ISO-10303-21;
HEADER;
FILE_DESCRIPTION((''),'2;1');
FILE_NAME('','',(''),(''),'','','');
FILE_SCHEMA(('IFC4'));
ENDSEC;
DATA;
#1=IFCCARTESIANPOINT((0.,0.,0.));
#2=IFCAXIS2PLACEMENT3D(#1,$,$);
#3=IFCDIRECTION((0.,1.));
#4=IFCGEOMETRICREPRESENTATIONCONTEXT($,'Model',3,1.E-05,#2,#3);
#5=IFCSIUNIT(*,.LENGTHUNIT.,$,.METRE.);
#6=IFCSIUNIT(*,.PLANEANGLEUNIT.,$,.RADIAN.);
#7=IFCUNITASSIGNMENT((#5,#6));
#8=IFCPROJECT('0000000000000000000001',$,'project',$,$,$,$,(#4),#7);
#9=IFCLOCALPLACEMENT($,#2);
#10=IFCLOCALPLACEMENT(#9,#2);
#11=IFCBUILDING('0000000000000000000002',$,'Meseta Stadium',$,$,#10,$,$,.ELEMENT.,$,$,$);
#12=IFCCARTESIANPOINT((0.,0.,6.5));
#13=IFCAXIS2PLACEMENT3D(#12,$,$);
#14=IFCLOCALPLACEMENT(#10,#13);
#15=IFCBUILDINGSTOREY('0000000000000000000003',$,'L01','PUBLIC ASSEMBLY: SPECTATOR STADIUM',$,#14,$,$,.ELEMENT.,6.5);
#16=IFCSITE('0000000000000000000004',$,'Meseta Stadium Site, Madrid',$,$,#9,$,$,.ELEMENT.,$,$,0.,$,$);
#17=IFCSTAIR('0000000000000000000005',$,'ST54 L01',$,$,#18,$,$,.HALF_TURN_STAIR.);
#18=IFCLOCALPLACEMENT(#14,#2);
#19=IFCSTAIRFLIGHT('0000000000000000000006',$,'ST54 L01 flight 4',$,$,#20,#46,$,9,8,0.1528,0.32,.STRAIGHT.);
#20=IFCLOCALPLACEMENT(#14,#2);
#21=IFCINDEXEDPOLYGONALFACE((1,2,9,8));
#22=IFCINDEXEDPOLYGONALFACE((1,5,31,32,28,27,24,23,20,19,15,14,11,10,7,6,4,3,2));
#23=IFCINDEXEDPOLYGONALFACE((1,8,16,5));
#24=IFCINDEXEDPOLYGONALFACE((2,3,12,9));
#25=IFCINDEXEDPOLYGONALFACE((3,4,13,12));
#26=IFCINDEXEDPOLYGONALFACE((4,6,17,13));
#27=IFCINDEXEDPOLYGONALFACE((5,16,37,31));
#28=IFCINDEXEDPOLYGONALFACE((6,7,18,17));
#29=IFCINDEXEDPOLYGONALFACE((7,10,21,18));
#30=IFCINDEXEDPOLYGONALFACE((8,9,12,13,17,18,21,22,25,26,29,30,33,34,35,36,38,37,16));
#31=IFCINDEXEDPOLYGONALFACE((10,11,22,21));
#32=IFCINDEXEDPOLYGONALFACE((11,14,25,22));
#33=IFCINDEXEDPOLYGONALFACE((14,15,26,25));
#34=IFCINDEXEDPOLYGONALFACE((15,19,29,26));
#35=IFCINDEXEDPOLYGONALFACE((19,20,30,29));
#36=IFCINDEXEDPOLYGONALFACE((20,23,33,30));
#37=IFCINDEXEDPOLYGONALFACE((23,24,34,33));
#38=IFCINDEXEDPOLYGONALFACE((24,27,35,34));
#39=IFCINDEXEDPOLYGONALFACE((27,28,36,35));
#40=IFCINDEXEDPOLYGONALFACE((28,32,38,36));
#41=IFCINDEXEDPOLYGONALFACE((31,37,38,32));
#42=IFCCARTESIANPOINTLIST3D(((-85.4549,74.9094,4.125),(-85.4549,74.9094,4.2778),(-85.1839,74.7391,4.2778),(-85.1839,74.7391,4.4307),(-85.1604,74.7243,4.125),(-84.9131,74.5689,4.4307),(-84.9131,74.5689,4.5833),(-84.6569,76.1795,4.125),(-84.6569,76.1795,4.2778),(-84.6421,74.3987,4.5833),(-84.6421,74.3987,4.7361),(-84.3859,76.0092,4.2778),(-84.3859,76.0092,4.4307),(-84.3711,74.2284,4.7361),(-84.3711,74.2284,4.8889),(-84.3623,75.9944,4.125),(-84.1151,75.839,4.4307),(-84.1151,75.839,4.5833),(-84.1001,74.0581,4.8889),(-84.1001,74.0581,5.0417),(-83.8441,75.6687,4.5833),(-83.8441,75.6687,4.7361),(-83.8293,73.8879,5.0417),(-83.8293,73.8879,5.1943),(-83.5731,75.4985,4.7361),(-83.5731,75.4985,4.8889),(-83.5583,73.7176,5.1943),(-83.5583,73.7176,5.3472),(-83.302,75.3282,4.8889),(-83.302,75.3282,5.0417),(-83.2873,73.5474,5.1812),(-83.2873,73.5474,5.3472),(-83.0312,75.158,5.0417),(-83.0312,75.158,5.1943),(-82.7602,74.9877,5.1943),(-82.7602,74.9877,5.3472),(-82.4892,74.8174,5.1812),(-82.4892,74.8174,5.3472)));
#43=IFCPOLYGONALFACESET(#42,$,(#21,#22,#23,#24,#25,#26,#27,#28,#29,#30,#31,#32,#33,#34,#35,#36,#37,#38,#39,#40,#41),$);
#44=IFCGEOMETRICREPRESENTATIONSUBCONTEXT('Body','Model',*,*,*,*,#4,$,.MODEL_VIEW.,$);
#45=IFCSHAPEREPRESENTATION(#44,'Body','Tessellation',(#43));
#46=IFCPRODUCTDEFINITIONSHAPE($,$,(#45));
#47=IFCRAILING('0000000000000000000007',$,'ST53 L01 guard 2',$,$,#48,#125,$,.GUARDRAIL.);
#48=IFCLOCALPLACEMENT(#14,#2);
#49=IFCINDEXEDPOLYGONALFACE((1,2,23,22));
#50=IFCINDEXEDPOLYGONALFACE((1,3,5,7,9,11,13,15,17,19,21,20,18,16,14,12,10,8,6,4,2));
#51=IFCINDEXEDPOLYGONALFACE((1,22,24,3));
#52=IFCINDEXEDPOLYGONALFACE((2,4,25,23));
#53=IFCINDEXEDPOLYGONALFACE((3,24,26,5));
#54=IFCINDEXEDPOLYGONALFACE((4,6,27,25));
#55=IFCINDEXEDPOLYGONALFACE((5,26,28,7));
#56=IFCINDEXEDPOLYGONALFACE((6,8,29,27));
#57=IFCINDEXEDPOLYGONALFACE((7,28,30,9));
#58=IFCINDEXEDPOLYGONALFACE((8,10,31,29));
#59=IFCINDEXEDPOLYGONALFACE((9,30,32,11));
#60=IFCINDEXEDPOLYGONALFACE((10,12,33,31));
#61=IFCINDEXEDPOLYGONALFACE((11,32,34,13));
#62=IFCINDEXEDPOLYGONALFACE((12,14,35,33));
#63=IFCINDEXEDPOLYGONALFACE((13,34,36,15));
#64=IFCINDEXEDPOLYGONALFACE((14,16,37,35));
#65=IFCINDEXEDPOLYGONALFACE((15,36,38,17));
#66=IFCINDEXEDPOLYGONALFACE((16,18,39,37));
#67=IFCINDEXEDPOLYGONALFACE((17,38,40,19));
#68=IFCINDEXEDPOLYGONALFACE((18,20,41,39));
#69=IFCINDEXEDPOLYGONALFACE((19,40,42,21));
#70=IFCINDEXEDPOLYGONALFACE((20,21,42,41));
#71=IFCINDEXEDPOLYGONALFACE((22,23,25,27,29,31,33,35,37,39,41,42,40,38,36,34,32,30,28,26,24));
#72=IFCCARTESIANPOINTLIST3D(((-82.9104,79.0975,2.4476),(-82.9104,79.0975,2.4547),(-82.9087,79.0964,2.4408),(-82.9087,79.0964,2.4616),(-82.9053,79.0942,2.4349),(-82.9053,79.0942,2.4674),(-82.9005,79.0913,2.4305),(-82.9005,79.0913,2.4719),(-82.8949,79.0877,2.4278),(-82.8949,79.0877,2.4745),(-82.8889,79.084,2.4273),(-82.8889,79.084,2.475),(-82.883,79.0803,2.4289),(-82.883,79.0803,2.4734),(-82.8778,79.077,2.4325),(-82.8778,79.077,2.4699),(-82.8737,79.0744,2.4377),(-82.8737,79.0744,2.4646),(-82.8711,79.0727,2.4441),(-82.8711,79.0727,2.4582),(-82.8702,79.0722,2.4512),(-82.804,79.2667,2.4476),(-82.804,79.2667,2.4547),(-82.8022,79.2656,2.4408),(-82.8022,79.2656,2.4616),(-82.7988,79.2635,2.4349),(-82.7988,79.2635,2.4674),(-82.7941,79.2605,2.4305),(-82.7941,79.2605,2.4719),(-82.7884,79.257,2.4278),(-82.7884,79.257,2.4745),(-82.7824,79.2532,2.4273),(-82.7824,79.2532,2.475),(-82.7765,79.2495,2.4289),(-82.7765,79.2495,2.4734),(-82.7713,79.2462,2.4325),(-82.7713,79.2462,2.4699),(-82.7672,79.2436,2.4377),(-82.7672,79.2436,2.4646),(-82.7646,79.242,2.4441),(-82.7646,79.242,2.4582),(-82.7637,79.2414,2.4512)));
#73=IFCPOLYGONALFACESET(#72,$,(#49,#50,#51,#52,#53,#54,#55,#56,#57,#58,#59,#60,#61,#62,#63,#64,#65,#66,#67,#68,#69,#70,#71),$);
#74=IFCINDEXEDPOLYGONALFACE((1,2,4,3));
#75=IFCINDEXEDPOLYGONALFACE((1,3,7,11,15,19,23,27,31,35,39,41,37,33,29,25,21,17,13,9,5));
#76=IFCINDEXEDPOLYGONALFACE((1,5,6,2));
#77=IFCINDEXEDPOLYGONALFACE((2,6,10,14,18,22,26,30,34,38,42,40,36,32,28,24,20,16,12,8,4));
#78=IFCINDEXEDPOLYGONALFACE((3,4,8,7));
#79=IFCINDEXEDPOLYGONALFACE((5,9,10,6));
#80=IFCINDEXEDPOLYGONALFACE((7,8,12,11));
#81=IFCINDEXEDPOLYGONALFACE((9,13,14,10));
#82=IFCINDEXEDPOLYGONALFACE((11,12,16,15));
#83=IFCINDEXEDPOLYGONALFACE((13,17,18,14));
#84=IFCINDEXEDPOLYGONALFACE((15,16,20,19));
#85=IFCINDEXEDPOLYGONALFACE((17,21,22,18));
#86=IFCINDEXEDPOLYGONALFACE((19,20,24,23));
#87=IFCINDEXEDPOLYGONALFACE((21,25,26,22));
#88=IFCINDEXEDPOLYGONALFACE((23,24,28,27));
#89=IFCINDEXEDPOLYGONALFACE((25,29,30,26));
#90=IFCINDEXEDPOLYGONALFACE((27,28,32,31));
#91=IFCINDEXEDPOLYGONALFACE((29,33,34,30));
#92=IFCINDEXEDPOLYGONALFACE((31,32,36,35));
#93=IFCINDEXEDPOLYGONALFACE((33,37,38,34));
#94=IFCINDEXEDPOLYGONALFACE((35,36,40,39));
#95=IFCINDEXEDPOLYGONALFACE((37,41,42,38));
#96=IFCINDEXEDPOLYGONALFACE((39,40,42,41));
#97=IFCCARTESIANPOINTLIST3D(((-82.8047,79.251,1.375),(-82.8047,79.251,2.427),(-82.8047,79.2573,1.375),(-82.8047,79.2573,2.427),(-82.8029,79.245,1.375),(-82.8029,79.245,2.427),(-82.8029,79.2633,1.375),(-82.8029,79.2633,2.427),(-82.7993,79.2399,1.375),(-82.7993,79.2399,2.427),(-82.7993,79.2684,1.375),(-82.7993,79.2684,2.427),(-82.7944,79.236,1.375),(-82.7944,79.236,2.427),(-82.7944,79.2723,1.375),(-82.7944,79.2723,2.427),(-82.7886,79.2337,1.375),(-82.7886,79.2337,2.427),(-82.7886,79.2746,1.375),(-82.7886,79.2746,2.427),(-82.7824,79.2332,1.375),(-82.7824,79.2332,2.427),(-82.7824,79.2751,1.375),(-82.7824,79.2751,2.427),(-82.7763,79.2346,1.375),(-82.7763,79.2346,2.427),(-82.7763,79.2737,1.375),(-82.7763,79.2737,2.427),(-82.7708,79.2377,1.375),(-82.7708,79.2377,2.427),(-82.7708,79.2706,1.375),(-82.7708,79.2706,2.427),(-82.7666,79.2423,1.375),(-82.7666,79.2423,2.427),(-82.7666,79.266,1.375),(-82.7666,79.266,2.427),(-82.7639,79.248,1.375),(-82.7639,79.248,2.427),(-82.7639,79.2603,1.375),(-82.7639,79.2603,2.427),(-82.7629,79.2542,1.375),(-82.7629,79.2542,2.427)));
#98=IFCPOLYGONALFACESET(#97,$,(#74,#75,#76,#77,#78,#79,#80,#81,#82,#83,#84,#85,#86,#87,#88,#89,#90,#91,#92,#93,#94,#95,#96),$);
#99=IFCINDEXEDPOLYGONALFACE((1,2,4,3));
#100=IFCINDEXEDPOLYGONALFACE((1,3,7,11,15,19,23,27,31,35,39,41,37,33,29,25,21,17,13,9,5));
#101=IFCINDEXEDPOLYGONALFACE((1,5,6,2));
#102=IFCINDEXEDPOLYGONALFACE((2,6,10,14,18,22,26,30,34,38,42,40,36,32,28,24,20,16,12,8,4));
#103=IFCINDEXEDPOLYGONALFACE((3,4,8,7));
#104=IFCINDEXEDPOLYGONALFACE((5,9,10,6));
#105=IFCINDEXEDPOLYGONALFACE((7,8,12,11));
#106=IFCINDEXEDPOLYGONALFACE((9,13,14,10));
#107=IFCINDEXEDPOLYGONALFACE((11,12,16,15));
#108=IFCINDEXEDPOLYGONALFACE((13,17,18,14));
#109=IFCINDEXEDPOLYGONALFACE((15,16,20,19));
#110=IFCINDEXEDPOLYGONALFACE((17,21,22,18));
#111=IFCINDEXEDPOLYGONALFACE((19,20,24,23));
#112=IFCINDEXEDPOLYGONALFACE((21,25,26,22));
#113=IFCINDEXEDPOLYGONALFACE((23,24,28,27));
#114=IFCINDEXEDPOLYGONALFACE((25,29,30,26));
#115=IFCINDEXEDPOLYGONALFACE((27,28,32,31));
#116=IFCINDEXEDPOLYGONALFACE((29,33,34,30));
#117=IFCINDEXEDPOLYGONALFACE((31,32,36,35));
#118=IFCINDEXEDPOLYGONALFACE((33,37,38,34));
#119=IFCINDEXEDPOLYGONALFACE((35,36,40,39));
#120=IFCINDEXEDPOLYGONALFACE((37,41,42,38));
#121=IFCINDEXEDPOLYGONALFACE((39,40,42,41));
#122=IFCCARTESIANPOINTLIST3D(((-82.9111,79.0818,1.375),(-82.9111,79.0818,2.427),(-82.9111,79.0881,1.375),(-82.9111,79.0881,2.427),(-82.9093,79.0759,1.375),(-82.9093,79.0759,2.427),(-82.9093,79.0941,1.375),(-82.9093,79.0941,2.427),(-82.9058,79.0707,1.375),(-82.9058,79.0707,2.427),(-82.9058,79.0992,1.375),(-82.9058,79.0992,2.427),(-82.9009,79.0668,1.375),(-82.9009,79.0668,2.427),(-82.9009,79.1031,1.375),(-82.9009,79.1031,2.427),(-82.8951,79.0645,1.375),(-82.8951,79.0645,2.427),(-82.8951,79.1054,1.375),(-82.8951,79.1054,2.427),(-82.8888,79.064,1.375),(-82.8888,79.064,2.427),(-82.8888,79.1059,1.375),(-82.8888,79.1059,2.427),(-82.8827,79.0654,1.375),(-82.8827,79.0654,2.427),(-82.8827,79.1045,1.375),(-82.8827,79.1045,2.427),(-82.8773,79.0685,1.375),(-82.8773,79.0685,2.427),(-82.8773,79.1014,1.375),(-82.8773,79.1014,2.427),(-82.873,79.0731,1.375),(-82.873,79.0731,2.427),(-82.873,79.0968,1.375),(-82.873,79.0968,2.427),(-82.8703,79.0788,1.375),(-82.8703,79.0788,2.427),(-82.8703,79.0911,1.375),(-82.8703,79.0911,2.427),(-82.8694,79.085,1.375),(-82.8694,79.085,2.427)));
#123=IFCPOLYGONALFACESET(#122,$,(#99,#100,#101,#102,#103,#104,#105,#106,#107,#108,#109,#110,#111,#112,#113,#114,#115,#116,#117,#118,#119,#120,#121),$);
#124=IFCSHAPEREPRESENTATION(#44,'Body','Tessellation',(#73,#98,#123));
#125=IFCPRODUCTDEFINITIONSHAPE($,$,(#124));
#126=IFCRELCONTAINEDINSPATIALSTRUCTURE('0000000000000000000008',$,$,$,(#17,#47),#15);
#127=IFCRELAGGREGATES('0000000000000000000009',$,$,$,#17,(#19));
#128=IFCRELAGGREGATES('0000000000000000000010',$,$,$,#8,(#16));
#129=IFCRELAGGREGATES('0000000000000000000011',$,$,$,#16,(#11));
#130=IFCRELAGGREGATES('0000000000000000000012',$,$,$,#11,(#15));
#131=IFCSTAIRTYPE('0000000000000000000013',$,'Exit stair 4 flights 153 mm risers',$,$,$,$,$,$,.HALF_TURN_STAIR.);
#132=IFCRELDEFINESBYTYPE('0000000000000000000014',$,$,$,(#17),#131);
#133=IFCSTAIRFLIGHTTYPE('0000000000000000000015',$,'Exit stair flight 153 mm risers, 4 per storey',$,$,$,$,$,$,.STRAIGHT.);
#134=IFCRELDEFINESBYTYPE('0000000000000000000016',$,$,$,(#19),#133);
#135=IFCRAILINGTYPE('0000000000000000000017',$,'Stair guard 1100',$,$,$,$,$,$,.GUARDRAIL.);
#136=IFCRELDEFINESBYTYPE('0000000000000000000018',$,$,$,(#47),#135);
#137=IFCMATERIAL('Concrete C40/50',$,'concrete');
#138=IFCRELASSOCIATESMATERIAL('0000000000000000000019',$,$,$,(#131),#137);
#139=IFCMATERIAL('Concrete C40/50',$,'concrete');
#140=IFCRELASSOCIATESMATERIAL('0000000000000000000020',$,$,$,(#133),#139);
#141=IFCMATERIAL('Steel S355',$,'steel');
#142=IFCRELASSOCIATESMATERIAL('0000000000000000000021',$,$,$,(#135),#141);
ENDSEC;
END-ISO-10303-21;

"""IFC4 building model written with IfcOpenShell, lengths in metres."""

from ifc_helpers import new_model, si_unit, direction, frame, origin, origin_2d, place, context, subcontext, project, spatial, polyline, circle, outline, extrude, material, type_object, element, aggregate, save


model = new_model("IFC4")

# Units and contexts
model_context = context("Model", 3, precision=1e-05, world=origin(), true_north=direction((0.0, 1.0)))
body_context = subcontext(model_context, "Body", "Model", "MODEL_VIEW")
ifc_project = project(units=[si_unit("LENGTHUNIT", "METRE"), si_unit("PLANEANGLEUNIT", "RADIAN")], contexts=[model_context])

# Site, building, storey
site_placement = place(None, origin())
site = spatial("IfcSite", under=ifc_project, at=site_placement, Name="Meseta Stadium Site, Madrid", CompositionType="ELEMENT", RefElevation=0.0)
building_placement = place(site_placement, origin())
building = spatial("IfcBuilding", under=site, at=building_placement, Name="Meseta Stadium", CompositionType="ELEMENT")
storey_placement = place(building_placement, frame((0.0, 0.0, 6.5)))
storey = spatial("IfcBuildingStorey", under=building, at=storey_placement, Name="L01", Description="PUBLIC ASSEMBLY: SPECTATOR STADIUM", CompositionType="ELEMENT", Elevation=6.5)

# Stair, stair flight
ifc_material_1 = material(Name="Concrete C40/50", Category="concrete")
stair_type = type_object("IfcStairType", Name="Exit stair 4 flights 153 mm risers", PredefinedType="HALF_TURN_STAIR", material=ifc_material_1)
ifc_material_2 = material(Name="Concrete C40/50", Category="concrete")
stair_flight_type = type_object("IfcStairFlightType", Name="Exit stair flight 153 mm risers, 4 per storey", PredefinedType="STRAIGHT", material=ifc_material_2)
stair_1_placement = place(storey_placement, origin())
stair_1 = element("IfcStair", 1, at=stair_1_placement, inside=storey, type_object=stair_type, Name="ST54 L01", PredefinedType="HALF_TURN_STAIR")
stair_flight_1_placement = place(storey_placement, frame((-85.0559, 75.5444, 4.125), z_axis=(0.0, 0.0, 1.0), x_axis=(0.846724, -0.532032, 0.0)))
stair_flight_1 = element("IfcStairFlight", 2, at=stair_flight_1_placement, type_object=stair_flight_type, Name="ST54 L01 flight 4", NumberOfRisers=9, NumberOfTreads=8, PredefinedType="STRAIGHT", RiserHeight=0.1528, TreadLength=0.32, context=body_context, shape_type="SweptSolid", body=[
    extrude(outline(polyline([(0.0, 0.0), (0.0, 0.1528), (0.3201, 0.1528), (0.3201, 0.3057), (0.6399, 0.3057), (0.6399, 0.4583), (0.96, 0.4583), (0.96, 0.6111), (1.28, 0.6111), (1.28, 0.7639), (1.6001, 0.7639), (1.6001, 0.9167), (1.9199, 0.9167), (1.9199, 1.0693), (2.24, 1.0693), (2.24, 1.2222), (2.5601, 1.2222), (2.5601, 1.0562), (0.3479, 0.0), (0.0, 0.0)])), frame((0.0, 0.75, 0.0), z_axis=(0.0, -1.0, 0.0), x_axis=(1.0, 0.0, 0.0)), (0.0, 0.0, 1.0), 1.5),
])
aggregate(stair_1, [stair_flight_1])

# Railing
ifc_material_3 = material(Name="Steel S355", Category="steel")
railing_type_1 = type_object("IfcRailingType", Name="Stair guard 1100", PredefinedType="GUARDRAIL", material=ifc_material_3)
railing_1_placement = place(storey_placement, frame((-82.7839, 79.2542, 1.375)))
element("IfcRailing", 3, at=railing_1_placement, inside=storey, type_object=railing_type_1, Name="ST53 L01 guard 2", PredefinedType="GUARDRAIL", context=body_context, shape_type="SweptSolid", body=[
    extrude(circle(Radius=0.0239, at=origin_2d()), frame((0.0, 0.0, 1.0762), z_axis=(-0.532522, -0.846416, 0.0), x_axis=(0.846416, -0.532522, 0.0)), (0.0, 0.0, 1.0), 0.2),
    extrude(circle(Radius=0.021, at=origin_2d()), origin(), (0.0, 0.0, 1.0), 1.052),
    extrude(circle(Radius=0.021, at=origin_2d()), frame((-0.1064, -0.1692, 0.0)), (0.0, 0.0, 1.0), 1.052),
])

save(model, "model.ifc")
